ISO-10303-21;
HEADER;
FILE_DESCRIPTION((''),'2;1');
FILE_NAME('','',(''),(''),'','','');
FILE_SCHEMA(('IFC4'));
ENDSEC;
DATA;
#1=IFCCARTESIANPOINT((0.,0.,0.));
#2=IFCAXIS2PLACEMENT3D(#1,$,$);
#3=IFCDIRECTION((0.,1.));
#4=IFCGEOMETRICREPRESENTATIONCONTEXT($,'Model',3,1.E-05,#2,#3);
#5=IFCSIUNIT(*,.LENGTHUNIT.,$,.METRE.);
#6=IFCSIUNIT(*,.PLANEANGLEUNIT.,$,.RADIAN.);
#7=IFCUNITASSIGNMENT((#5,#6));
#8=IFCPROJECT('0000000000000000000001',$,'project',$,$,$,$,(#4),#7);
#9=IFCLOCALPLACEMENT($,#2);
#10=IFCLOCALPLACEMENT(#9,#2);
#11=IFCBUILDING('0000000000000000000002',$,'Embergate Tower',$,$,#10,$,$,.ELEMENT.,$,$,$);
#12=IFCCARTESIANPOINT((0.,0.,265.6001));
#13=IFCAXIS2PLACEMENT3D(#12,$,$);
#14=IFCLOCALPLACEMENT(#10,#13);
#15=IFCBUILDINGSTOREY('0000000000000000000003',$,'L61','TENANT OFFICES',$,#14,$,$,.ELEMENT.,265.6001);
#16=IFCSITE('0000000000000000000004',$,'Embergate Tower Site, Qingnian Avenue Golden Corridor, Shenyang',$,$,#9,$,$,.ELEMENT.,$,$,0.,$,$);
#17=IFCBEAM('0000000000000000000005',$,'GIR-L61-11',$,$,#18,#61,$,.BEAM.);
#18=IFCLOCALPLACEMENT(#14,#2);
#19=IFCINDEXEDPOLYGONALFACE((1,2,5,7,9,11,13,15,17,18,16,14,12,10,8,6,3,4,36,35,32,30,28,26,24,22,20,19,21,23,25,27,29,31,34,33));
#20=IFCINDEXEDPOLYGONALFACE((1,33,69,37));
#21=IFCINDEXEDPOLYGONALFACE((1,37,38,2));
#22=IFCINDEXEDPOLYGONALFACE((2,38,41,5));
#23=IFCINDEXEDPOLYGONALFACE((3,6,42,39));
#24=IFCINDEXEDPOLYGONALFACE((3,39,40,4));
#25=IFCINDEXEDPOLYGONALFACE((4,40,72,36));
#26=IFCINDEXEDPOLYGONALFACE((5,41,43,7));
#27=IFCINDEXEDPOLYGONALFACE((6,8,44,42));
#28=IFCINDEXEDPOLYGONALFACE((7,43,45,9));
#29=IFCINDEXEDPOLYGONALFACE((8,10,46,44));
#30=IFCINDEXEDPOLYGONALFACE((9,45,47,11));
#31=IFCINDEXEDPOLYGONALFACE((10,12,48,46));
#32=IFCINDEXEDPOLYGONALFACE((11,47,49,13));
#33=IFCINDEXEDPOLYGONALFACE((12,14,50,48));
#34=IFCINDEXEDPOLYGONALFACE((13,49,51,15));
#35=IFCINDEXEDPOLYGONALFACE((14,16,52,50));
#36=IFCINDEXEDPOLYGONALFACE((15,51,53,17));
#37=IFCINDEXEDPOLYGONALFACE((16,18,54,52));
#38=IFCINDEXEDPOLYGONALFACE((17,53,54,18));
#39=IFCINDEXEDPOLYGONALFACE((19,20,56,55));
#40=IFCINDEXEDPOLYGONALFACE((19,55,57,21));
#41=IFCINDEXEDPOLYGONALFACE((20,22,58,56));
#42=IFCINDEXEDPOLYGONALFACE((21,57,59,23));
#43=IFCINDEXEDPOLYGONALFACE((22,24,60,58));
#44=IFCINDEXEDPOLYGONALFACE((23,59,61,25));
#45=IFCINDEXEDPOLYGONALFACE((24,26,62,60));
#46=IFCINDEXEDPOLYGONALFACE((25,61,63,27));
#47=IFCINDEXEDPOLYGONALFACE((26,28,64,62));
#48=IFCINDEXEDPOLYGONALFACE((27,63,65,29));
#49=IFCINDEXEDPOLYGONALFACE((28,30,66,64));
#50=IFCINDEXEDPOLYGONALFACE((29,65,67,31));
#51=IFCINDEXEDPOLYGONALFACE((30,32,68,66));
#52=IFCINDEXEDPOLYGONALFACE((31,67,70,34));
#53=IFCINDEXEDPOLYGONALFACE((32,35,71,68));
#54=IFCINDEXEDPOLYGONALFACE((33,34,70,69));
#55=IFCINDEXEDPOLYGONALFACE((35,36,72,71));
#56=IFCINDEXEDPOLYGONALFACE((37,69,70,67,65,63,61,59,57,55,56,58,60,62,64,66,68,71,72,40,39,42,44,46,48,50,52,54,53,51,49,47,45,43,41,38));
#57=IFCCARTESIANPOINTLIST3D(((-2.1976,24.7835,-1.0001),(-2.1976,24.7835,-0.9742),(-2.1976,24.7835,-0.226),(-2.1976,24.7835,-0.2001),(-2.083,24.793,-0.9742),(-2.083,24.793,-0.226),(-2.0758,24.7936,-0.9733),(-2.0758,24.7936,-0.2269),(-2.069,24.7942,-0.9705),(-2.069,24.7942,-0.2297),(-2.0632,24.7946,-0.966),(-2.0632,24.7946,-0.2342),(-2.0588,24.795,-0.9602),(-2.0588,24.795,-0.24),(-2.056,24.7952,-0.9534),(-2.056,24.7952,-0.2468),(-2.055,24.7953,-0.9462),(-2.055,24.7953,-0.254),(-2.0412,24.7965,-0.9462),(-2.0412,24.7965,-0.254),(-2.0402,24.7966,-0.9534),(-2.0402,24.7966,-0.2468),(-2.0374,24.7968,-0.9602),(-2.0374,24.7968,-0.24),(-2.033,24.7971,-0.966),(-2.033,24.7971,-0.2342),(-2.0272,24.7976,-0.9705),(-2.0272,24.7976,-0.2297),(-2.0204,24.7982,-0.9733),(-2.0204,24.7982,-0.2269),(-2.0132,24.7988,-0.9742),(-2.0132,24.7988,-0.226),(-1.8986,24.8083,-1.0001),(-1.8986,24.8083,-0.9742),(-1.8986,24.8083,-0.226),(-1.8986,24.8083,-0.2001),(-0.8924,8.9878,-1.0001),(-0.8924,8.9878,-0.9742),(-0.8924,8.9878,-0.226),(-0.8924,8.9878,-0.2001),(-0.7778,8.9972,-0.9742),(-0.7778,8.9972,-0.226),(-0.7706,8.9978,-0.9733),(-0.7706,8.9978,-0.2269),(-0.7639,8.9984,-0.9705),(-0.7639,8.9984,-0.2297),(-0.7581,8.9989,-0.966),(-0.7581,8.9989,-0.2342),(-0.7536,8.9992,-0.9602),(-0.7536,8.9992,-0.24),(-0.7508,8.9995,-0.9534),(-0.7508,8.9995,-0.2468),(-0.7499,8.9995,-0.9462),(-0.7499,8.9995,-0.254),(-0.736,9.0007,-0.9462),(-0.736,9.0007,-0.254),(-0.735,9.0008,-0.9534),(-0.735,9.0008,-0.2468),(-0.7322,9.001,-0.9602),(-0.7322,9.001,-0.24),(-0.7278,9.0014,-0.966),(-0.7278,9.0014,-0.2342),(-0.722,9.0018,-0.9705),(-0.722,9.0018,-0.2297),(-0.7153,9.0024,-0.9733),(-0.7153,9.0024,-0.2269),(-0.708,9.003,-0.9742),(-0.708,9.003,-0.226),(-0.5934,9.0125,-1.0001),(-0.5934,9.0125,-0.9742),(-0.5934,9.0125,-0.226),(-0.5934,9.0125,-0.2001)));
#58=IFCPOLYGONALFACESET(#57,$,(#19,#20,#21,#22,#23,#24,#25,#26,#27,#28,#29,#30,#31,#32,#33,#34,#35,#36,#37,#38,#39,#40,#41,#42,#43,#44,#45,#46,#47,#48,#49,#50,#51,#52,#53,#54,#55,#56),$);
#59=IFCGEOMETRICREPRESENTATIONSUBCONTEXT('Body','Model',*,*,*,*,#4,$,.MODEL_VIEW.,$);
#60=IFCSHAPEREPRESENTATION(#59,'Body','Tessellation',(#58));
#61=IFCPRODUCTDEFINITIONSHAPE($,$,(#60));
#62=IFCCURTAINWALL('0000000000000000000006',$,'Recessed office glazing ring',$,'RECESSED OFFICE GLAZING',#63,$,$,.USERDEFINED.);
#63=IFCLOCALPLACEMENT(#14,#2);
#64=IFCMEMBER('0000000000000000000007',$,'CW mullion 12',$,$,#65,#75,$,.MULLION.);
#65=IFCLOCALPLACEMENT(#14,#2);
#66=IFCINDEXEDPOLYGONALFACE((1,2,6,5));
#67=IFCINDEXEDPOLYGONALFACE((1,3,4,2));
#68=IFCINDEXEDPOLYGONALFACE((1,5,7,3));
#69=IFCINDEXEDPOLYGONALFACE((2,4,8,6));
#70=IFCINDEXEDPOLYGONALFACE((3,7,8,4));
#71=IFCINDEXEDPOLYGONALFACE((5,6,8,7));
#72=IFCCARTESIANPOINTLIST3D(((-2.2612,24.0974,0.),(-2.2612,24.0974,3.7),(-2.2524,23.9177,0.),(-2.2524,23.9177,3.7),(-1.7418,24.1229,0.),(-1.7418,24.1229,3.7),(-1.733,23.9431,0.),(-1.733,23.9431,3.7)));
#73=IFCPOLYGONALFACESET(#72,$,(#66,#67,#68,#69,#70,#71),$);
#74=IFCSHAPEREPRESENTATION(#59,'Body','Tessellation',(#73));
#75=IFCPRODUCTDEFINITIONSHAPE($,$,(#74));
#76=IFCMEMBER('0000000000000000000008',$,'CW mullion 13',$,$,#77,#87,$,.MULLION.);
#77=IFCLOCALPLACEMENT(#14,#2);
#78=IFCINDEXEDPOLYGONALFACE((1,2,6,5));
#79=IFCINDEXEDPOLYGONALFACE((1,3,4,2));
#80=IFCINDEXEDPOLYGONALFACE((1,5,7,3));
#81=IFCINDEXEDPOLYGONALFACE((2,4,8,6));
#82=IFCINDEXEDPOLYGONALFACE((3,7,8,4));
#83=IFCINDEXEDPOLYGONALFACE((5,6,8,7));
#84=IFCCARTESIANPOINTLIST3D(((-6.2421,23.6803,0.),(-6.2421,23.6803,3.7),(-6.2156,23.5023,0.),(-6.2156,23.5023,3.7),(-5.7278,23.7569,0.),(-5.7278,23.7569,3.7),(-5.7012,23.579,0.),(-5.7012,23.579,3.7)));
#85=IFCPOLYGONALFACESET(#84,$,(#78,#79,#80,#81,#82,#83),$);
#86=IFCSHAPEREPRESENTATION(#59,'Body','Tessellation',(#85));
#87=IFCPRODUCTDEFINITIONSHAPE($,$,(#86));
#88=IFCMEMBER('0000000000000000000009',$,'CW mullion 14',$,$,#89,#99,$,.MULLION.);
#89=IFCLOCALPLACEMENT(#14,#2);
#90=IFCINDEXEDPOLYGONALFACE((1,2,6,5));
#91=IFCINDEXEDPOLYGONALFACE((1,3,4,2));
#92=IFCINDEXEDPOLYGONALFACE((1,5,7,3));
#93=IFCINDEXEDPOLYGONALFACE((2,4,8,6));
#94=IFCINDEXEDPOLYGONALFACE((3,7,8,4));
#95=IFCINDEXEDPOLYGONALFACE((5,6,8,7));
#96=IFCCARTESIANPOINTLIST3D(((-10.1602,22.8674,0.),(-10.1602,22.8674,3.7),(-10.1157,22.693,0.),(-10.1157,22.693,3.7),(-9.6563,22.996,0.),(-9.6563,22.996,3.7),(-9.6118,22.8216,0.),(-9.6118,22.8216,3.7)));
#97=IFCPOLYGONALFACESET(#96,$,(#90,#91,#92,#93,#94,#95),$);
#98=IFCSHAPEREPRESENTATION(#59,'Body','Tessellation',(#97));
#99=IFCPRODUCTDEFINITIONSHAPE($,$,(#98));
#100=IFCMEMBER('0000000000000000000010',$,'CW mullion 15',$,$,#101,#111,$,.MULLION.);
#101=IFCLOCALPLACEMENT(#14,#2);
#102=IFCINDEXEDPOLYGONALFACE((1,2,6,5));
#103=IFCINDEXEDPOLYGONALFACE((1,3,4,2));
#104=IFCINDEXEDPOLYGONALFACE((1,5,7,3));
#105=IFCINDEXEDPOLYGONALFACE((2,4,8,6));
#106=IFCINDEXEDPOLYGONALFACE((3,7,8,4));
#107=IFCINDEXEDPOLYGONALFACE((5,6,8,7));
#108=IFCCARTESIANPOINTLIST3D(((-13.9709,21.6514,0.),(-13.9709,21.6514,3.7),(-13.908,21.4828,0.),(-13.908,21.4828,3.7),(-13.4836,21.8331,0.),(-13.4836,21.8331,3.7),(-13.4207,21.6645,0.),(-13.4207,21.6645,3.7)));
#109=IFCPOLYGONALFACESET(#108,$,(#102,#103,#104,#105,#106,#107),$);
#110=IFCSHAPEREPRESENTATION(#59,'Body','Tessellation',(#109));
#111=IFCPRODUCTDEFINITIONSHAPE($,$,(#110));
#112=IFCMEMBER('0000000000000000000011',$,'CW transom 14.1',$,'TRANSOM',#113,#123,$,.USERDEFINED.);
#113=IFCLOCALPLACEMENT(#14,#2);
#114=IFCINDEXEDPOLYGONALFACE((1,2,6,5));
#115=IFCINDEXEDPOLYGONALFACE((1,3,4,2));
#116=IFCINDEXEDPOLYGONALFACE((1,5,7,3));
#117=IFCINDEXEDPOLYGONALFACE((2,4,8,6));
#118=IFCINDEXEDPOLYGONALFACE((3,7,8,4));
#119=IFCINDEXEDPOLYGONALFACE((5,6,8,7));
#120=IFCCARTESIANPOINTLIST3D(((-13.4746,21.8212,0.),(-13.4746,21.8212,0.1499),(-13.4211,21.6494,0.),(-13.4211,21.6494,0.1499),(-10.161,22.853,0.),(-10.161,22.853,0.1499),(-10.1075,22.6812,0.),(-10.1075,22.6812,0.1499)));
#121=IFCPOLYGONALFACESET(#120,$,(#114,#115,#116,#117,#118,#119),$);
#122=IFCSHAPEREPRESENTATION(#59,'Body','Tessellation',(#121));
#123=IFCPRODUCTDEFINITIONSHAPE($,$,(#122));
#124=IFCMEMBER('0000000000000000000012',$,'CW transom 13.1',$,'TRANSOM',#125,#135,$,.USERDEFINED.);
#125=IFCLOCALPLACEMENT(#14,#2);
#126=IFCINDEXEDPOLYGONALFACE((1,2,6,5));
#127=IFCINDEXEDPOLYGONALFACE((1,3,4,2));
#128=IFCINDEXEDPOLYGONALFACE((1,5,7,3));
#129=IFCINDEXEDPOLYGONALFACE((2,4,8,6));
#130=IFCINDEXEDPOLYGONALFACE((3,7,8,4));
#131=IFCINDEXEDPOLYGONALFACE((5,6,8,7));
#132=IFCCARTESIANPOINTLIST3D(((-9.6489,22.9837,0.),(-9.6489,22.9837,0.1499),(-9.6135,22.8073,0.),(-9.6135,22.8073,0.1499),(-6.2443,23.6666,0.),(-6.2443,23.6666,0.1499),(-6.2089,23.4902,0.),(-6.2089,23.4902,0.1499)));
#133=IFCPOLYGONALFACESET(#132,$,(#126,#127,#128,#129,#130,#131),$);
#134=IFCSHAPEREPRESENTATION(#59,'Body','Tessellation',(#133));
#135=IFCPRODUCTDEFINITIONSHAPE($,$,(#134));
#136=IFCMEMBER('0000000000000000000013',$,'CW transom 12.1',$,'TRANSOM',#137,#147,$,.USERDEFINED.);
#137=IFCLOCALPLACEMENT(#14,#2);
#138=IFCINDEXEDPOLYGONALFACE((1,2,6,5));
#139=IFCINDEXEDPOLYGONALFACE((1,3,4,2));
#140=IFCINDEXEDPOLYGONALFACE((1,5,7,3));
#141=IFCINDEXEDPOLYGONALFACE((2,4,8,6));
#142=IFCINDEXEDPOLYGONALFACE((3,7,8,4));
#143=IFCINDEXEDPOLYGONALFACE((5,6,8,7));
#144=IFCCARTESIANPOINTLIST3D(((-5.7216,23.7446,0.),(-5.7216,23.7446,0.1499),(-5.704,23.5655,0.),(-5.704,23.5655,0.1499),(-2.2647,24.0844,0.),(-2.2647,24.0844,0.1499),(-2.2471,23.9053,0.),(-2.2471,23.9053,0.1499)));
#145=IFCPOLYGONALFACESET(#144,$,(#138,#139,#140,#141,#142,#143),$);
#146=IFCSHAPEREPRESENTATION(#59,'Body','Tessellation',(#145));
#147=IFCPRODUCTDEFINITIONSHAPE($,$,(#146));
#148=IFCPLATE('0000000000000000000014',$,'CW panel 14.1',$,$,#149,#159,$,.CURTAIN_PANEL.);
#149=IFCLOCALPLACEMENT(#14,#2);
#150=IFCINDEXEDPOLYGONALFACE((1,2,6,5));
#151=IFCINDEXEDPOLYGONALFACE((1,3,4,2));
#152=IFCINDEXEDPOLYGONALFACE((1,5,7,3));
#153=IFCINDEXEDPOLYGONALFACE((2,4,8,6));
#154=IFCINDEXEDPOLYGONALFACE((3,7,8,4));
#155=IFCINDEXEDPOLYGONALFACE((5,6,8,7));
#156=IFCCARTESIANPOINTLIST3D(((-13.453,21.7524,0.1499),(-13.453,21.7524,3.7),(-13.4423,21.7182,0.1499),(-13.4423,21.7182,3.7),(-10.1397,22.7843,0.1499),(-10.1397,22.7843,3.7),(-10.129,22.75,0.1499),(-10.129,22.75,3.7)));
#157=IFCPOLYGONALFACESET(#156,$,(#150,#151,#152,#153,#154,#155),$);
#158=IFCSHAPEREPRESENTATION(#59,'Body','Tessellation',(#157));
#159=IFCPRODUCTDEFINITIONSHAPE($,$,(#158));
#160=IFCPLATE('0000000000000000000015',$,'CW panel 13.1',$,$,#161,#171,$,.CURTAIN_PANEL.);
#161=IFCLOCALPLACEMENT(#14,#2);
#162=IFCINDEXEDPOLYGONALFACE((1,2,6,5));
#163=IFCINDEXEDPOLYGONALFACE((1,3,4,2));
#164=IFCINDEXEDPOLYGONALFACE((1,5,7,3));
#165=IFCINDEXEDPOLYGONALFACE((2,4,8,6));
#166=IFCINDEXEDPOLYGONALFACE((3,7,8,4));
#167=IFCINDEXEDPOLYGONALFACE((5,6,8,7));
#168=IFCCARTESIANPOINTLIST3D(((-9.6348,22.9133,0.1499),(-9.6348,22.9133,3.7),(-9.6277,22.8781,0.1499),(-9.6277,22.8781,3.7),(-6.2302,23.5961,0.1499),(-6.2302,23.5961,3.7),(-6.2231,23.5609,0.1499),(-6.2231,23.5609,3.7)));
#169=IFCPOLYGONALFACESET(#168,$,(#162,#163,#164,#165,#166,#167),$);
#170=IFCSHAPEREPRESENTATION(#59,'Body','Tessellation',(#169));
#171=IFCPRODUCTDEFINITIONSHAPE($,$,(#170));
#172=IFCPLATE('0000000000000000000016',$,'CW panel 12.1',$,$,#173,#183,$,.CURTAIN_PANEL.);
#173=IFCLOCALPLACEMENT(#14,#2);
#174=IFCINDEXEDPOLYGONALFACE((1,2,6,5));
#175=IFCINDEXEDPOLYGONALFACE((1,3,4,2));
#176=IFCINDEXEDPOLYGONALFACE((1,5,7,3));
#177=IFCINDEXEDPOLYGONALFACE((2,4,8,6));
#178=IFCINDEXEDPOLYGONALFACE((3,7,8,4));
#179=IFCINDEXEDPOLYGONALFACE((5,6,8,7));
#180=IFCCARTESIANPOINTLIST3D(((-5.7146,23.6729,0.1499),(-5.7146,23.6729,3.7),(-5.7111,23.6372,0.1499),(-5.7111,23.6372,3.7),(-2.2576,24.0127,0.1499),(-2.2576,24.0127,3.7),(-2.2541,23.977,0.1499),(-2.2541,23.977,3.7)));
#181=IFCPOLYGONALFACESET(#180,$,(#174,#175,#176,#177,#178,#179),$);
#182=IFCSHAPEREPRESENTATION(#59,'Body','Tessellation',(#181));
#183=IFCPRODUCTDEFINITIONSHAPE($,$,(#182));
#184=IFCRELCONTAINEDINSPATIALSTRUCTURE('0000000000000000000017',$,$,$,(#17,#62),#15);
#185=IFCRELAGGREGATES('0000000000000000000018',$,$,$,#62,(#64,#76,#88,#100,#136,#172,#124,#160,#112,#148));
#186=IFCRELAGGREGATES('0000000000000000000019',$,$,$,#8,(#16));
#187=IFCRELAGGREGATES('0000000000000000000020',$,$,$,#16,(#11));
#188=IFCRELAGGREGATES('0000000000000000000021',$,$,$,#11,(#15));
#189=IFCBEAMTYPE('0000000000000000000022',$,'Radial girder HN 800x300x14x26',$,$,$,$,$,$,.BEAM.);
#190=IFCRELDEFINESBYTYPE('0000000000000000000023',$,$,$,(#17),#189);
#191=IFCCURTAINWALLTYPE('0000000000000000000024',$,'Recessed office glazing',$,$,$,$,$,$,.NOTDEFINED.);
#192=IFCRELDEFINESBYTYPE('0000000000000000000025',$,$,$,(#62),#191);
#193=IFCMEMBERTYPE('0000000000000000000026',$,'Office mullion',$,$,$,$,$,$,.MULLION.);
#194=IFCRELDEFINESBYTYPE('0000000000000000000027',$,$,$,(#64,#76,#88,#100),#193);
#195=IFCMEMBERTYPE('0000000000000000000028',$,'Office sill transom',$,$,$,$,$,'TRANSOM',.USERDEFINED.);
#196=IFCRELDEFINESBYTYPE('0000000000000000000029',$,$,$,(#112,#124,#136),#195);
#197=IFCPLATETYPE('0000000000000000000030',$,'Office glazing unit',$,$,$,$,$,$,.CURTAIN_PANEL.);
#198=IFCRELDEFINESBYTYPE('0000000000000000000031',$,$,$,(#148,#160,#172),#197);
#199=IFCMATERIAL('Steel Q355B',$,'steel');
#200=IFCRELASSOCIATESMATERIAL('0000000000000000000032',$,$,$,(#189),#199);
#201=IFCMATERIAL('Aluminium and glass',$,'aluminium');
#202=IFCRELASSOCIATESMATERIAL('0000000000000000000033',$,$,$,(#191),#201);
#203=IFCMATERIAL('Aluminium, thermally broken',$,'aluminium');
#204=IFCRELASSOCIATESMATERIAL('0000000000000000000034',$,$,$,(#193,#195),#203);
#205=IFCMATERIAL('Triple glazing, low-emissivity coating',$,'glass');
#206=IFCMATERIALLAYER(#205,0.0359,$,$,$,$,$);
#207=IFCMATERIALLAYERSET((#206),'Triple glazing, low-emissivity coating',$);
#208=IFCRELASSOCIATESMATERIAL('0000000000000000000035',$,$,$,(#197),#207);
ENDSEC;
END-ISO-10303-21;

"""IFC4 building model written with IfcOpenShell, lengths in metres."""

from ifc_helpers import new_model, si_unit, direction, frame, origin, origin_2d, place, context, subcontext, project, spatial, rectangle, i_section, extrude, source, transform, mapped, material, layer, layer_set, material_profile, profile_set, type_object, element, aggregate, save


model = new_model("IFC4")

# Units and contexts
model_context = context("Model", 3, precision=1e-05, world=origin(), true_north=direction((0.0, 1.0)))
body_context = subcontext(model_context, "Body", "Model", "MODEL_VIEW")
ifc_project = project(units=[si_unit("LENGTHUNIT", "METRE"), si_unit("PLANEANGLEUNIT", "RADIAN")], contexts=[model_context])

# Site, building, storey
site_placement = place(None, origin())
site = spatial("IfcSite", under=ifc_project, at=site_placement, Name="Embergate Tower Site, Qingnian Avenue Golden Corridor, Shenyang", CompositionType="ELEMENT", RefElevation=0.0)
building_placement = place(site_placement, origin())
building = spatial("IfcBuilding", under=site, at=building_placement, Name="Embergate Tower", CompositionType="ELEMENT")
storey_placement = place(building_placement, frame((0.0, 0.0, 265.6001)))
storey = spatial("IfcBuildingStorey", under=building, at=storey_placement, Name="L61", Description="TENANT OFFICES", CompositionType="ELEMENT", Elevation=265.6001)

# Beam
ifc_material_1 = material(Name="Steel Q355B", Category="steel")
ifc_material_profile_1 = material_profile(ifc_material_1, i_section(OverallWidth=0.3, OverallDepth=0.8, WebThickness=0.0139, FlangeThickness=0.0259, FilletRadius=0.0281, at=origin_2d()), Name="HN 800x300x14x26")
ifc_profile_set_1 = profile_set([ifc_material_profile_1], Name="Steel Q355 grade B")
beam_type_1 = type_object("IfcBeamType", Name="Radial girder HN 800x300x14x26", PredefinedType="BEAM", material=ifc_profile_set_1)
shared_shape_1 = source(origin(), body_context, "Body", "SweptSolid", [
    extrude(i_section(OverallWidth=0.3, OverallDepth=0.8, WebThickness=0.0139, FlangeThickness=0.0259, FilletRadius=0.0281, at=origin_2d()), origin(), (0.0, 0.0, 1.0), 15.8496),
])
beam_1_placement = place(storey_placement, frame((-2.0481, 24.7959, -0.6001), z_axis=(0.082347, -0.996604, 0.0), x_axis=(0.996604, 0.082347, 0.0)))
element("IfcBeam", 1, at=beam_1_placement, inside=storey, type_object=beam_type_1, Name="GIR-L61-11", PredefinedType="BEAM", context=body_context, shape_type="MappedRepresentation", body=[
    mapped(shared_shape_1, transform((0.0, 0.0, 0.0))),
])

# Curtain wall, members, plates
ifc_material_2 = material(Name="Aluminium and glass", Category="aluminium")
curtain_wall_type = type_object("IfcCurtainWallType", Name="Recessed office glazing", PredefinedType="NOTDEFINED", material=ifc_material_2)
curtain_wall_placement = place(storey_placement, origin())
curtain_wall = element("IfcCurtainWall", 2, at=curtain_wall_placement, inside=storey, type_object=curtain_wall_type, Name="Recessed office glazing ring", ObjectType="RECESSED OFFICE GLAZING", PredefinedType="USERDEFINED")
ifc_material_3 = material(Name="Aluminium, thermally broken", Category="aluminium")
ifc_material_profile_2 = material_profile(ifc_material_3, rectangle(XDim=0.1799, YDim=0.52, at=origin_2d()), Name="AL 520x180")
ifc_profile_set_2 = profile_set([ifc_material_profile_2], Name="Aluminium, thermally broken")
member_type_1 = type_object("IfcMemberType", Name="Office mullion", PredefinedType="MULLION", material=ifc_profile_set_2)
shared_shape_2 = source(origin(), body_context, "Body", "SweptSolid", [
    extrude(rectangle(XDim=0.1799, YDim=0.52, at=origin_2d()), origin(), (0.0, 0.0, 1.0), 3.7),
])
member_1_placement = place(storey_placement, frame((-1.9971, 24.0203, 0.0), z_axis=(0.0, 0.0, 1.0), x_axis=(0.04897, -0.9988, 0.0)))
member_1 = element("IfcMember", 3, at=member_1_placement, type_object=member_type_1, Name="CW mullion 12", PredefinedType="MULLION", context=body_context, shape_type="MappedRepresentation", body=[
    mapped(shared_shape_2, transform((0.0, 0.0, 0.0))),
])
member_2_placement = place(storey_placement, frame((-5.9717, 23.6296, 0.0), z_axis=(0.0, 0.0, 1.0), x_axis=(0.147409, -0.989076, 0.0)))
member_2 = element("IfcMember", 4, at=member_2_placement, type_object=member_type_1, Name="CW mullion 13", PredefinedType="MULLION", context=body_context, shape_type="MappedRepresentation", body=[
    mapped(shared_shape_2, transform((0.0, 0.0, 0.0))),
])
member_3_placement = place(storey_placement, frame((-9.886, 22.8445, 0.0), z_axis=(0.0, 0.0, 1.0), x_axis=(0.247307, -0.968937, 0.0)))
member_3 = element("IfcMember", 5, at=member_3_placement, type_object=member_type_1, Name="CW mullion 14", PredefinedType="MULLION", context=body_context, shape_type="MappedRepresentation", body=[
    mapped(shared_shape_2, transform((0.0, 0.0, 0.0))),
])
member_4_placement = place(storey_placement, frame((-13.6958, 21.658, 0.0), z_axis=(0.0, 0.0, 1.0), x_axis=(0.349496, -0.936938, 0.0)))
member_4 = element("IfcMember", 6, at=member_4_placement, type_object=member_type_1, Name="CW mullion 15", PredefinedType="MULLION", context=body_context, shape_type="MappedRepresentation", body=[
    mapped(shared_shape_2, transform((0.0, 0.0, 0.0))),
])
ifc_material_profile_3 = material_profile(ifc_material_3, rectangle(XDim=0.1799, YDim=0.1499, at=origin_2d()), Name="AL 150x180")
ifc_profile_set_3 = profile_set([ifc_material_profile_3], Name="Aluminium, thermally broken")
member_type_2 = type_object("IfcMemberType", Name="Office sill transom", ElementType="TRANSOM", PredefinedType="USERDEFINED", material=ifc_profile_set_3)
shared_shape_3 = source(origin(), body_context, "Body", "SweptSolid", [
    extrude(rectangle(XDim=0.1799, YDim=0.1499, at=origin_2d()), origin(), (0.0, 0.0, 1.0), 3.4705),
])
member_5_placement = place(storey_placement, frame((-10.1343, 22.7671, 0.075), z_axis=(-0.954785, -0.297297, 0.0), x_axis=(0.297297, -0.954785, 0.0)))
member_5 = element("IfcMember", 7, at=member_5_placement, type_object=member_type_2, Name="CW transom 14.1", ObjectType="TRANSOM", PredefinedType="USERDEFINED", context=body_context, shape_type="MappedRepresentation", body=[
    mapped(shared_shape_3, transform((0.0, 0.0, 0.0))),
])
shared_shape_4 = source(origin(), body_context, "Body", "SweptSolid", [
    extrude(rectangle(XDim=0.1799, YDim=0.1499, at=origin_2d()), origin(), (0.0, 0.0, 1.0), 3.4724),
])
member_6_placement = place(storey_placement, frame((-6.2266, 23.5784, 0.075), z_axis=(-0.980472, -0.196657, 0.0), x_axis=(0.196657, -0.980472, 0.0)))
member_6 = element("IfcMember", 8, at=member_6_placement, type_object=member_type_2, Name="CW transom 13.1", ObjectType="TRANSOM", PredefinedType="USERDEFINED", context=body_context, shape_type="MappedRepresentation", body=[
    mapped(shared_shape_4, transform((0.0, 0.0, 0.0))),
])
shared_shape_5 = source(origin(), body_context, "Body", "SweptSolid", [
    extrude(rectangle(XDim=0.1799, YDim=0.1499, at=origin_2d()), origin(), (0.0, 0.0, 1.0), 3.4736),
])
member_7_placement = place(storey_placement, frame((-2.2559, 23.9949, 0.075), z_axis=(-0.995203, -0.097833, 0.0), x_axis=(0.097833, -0.995203, 0.0)))
member_7 = element("IfcMember", 9, at=member_7_placement, type_object=member_type_2, Name="CW transom 12.1", ObjectType="TRANSOM", PredefinedType="USERDEFINED", context=body_context, shape_type="MappedRepresentation", body=[
    mapped(shared_shape_5, transform((0.0, 0.0, 0.0))),
])
ifc_material_4 = material(Name="Triple glazing, low-emissivity coating", Category="glass")
ifc_layer_1 = layer(ifc_material_4, 0.0359)
ifc_layer_set_1 = layer_set([ifc_layer_1], Name="Triple glazing, low-emissivity coating")
plate_type = type_object("IfcPlateType", Name="Office glazing unit", PredefinedType="CURTAIN_PANEL", material=ifc_layer_set_1)
shared_shape_6 = source(origin(), body_context, "Body", "SweptSolid", [
    extrude(rectangle(XDim=3.4702, YDim=0.0359, at=origin_2d()), origin(), (0.0, 0.0, 1.0), 3.55),
])
plate_1_placement = place(storey_placement, frame((-11.791, 22.2512, 0.1499), z_axis=(0.0, 0.0, 1.0), x_axis=(-0.954773, -0.297337, 0.0)))
plate_1 = element("IfcPlate", 10, at=plate_1_placement, type_object=plate_type, Name="CW panel 14.1", PredefinedType="CURTAIN_PANEL", context=body_context, shape_type="MappedRepresentation", body=[
    mapped(shared_shape_6, transform((0.0, 0.0, 0.0))),
])
shared_shape_7 = source(origin(), body_context, "Body", "SweptSolid", [
    extrude(rectangle(XDim=3.4724, YDim=0.0359, at=origin_2d()), origin(), (0.0, 0.0, 1.0), 3.55),
])
plate_2_placement = place(storey_placement, frame((-7.929, 23.2371, 0.1499), z_axis=(0.0, 0.0, 1.0), x_axis=(-0.980476, -0.196638, 0.0)))
plate_2 = element("IfcPlate", 11, at=plate_2_placement, type_object=plate_type, Name="CW panel 13.1", PredefinedType="CURTAIN_PANEL", context=body_context, shape_type="MappedRepresentation", body=[
    mapped(shared_shape_7, transform((0.0, 0.0, 0.0))),
])
shared_shape_8 = source(origin(), body_context, "Body", "SweptSolid", [
    extrude(rectangle(XDim=3.4736, YDim=0.0359, at=origin_2d()), origin(), (0.0, 0.0, 1.0), 3.55),
])
plate_3_placement = place(storey_placement, frame((-3.9844, 23.825, 0.1499), z_axis=(0.0, 0.0, 1.0), x_axis=(-0.995203, -0.097828, 0.0)))
plate_3 = element("IfcPlate", 12, at=plate_3_placement, type_object=plate_type, Name="CW panel 12.1", PredefinedType="CURTAIN_PANEL", context=body_context, shape_type="MappedRepresentation", body=[
    mapped(shared_shape_8, transform((0.0, 0.0, 0.0))),
])
aggregate(curtain_wall, [member_1, member_2, member_3, member_4, member_7, plate_3, member_6, plate_2, member_5, plate_1])

save(model, "model.ifc")
